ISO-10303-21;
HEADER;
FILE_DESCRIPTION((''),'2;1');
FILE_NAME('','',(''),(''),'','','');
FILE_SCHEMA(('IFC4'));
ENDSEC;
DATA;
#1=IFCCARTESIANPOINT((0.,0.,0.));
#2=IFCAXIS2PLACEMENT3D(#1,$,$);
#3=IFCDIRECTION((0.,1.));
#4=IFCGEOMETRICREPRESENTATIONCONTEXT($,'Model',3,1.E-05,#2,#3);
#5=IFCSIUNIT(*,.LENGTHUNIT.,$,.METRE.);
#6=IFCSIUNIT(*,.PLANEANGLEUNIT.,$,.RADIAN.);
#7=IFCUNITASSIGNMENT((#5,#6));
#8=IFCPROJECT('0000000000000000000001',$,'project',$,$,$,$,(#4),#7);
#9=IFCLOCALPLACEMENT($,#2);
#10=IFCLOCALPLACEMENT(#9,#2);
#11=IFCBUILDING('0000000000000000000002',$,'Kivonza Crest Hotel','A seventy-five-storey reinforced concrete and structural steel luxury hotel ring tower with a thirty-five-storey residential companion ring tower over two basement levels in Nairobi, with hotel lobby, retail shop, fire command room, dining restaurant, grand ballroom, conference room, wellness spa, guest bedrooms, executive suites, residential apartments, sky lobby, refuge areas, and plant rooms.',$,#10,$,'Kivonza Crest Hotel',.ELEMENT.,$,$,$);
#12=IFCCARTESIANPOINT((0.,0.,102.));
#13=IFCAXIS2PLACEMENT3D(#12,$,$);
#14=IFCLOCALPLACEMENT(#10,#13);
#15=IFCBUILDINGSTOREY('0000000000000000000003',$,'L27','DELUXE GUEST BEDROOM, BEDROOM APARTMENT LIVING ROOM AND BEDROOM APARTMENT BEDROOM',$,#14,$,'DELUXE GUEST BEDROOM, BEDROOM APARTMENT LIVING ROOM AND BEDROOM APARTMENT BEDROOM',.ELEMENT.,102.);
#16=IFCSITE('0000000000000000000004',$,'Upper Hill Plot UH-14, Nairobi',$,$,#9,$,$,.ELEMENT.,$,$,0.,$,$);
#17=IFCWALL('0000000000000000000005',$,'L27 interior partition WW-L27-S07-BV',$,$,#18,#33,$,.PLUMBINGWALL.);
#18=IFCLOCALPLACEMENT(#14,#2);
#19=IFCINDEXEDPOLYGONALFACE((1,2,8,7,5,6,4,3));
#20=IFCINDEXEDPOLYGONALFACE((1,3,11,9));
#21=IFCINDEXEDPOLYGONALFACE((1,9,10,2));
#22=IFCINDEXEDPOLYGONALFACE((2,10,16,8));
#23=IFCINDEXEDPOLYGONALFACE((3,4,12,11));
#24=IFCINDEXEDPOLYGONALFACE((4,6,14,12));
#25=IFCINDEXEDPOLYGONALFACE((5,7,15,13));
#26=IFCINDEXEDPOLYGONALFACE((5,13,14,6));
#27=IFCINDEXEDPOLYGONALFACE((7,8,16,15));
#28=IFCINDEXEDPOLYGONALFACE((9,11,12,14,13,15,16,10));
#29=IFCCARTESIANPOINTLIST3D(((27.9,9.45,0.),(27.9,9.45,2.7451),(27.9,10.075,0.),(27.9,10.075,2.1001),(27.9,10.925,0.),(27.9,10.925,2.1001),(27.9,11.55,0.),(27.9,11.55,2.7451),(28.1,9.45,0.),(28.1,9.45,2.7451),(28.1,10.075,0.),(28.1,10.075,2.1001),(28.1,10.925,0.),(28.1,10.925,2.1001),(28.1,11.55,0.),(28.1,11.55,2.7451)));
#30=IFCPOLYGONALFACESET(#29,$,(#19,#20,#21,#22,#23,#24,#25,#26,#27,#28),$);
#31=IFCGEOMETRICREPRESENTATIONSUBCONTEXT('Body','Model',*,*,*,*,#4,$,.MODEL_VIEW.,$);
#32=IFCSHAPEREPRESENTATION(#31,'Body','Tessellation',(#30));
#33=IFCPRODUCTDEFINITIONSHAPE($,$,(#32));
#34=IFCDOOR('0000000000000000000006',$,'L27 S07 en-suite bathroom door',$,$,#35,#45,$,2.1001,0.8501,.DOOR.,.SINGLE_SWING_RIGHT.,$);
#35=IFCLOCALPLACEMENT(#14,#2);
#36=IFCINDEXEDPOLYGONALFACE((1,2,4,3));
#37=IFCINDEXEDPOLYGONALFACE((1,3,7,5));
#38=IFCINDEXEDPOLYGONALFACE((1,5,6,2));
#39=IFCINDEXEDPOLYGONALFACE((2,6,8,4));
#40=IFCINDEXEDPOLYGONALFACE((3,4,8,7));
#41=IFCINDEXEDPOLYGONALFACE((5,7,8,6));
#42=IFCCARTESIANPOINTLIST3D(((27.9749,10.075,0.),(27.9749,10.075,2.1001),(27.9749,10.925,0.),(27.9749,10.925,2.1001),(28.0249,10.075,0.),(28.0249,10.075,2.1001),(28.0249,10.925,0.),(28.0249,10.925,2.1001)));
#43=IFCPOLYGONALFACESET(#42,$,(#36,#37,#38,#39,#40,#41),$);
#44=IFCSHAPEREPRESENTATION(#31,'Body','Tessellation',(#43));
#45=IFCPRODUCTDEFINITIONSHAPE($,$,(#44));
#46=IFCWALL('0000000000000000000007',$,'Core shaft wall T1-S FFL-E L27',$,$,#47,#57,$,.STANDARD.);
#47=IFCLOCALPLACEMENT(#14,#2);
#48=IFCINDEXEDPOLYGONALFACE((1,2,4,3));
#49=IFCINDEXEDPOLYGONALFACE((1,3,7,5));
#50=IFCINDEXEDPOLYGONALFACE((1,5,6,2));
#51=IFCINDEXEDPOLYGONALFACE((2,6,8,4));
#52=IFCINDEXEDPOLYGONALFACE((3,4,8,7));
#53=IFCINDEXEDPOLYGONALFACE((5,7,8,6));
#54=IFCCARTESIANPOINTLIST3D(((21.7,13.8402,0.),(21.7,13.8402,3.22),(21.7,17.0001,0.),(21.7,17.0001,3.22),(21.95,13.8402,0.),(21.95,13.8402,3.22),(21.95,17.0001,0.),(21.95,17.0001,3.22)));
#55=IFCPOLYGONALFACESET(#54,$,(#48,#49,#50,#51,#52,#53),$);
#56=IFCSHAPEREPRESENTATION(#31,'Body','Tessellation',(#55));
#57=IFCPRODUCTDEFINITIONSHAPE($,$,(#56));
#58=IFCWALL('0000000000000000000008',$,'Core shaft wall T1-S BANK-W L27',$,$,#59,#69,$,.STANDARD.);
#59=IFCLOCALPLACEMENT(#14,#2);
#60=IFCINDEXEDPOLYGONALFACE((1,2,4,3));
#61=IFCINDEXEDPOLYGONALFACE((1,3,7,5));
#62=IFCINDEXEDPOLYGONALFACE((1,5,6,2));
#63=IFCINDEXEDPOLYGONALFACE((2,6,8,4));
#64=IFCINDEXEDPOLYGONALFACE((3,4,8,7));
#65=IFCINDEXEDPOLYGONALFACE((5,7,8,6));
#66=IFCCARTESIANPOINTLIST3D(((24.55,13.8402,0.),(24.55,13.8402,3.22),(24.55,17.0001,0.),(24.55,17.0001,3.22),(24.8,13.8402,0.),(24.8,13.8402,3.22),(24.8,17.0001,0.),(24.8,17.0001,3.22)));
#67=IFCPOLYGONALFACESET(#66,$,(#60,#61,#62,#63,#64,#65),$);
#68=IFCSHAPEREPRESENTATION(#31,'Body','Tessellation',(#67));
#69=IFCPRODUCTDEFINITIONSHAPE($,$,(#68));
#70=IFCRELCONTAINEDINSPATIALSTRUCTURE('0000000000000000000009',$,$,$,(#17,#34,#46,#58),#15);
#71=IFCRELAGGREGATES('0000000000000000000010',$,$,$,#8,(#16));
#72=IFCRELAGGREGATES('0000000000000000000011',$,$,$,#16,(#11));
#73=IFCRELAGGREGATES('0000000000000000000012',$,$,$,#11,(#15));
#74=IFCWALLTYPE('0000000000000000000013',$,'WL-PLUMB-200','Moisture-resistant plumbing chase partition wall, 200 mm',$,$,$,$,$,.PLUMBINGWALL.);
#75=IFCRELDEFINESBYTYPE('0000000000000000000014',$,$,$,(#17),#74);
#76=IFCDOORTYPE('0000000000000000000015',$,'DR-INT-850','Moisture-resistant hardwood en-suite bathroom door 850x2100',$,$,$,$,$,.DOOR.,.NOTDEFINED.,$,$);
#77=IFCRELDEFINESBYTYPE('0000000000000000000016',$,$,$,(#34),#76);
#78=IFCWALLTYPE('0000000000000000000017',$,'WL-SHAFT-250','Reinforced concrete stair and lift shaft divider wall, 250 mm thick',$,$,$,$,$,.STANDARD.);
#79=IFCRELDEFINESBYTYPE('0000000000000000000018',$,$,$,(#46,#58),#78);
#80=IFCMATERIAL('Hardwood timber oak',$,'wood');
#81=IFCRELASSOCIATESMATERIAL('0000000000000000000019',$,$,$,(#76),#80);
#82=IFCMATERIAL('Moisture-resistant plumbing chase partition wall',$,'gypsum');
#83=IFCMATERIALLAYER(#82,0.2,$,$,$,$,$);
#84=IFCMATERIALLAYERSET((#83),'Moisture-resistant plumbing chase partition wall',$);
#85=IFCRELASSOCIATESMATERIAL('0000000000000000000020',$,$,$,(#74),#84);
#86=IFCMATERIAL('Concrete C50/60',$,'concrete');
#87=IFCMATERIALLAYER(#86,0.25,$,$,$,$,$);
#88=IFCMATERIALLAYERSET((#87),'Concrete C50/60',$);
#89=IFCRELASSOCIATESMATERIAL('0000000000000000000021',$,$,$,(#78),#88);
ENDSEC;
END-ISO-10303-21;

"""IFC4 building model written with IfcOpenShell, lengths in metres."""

from ifc_helpers import new_model, si_unit, direction, frame, frame_2d, origin, place, context, subcontext, project, spatial, rectangle, extrude, material, layer, layer_set, type_object, element, fill, save


model = new_model("IFC4")

# Units and contexts
model_context = context("Model", 3, precision=1e-05, world=origin(), true_north=direction((0.0, 1.0)))
body_context = subcontext(model_context, "Body", "Model", "MODEL_VIEW")
ifc_project = project(units=[si_unit("LENGTHUNIT", "METRE"), si_unit("PLANEANGLEUNIT", "RADIAN")], contexts=[model_context])

# Site, building, storey
site_placement = place(None, origin())
site = spatial("IfcSite", under=ifc_project, at=site_placement, Name="Upper Hill Plot UH-14, Nairobi", CompositionType="ELEMENT", RefElevation=0.0)
building_placement = place(site_placement, origin())
building = spatial("IfcBuilding", under=site, at=building_placement, Name="Kivonza Crest Hotel", Description="A seventy-five-storey reinforced concrete and structural steel luxury hotel ring tower with a thirty-five-storey residential companion ring tower over two basement levels in Nairobi, with hotel lobby, retail shop, fire command room, dining restaurant, grand ballroom, conference room, wellness spa, guest bedrooms, executive suites, residential apartments, sky lobby, refuge areas, and plant rooms.", LongName="Kivonza Crest Hotel", CompositionType="ELEMENT")
storey_placement = place(building_placement, frame((0.0, 0.0, 102.0)))
storey = spatial("IfcBuildingStorey", under=building, at=storey_placement, Name="L27", Description="DELUXE GUEST BEDROOM, BEDROOM APARTMENT LIVING ROOM AND BEDROOM APARTMENT BEDROOM", LongName="DELUXE GUEST BEDROOM, BEDROOM APARTMENT LIVING ROOM AND BEDROOM APARTMENT BEDROOM", CompositionType="ELEMENT", Elevation=102.0)

# Shared definitions
ifc_material_1 = material(Name="Hardwood timber oak", Category="wood")

# Shared definitions
door_type_1 = type_object("IfcDoorType", Name="DR-INT-850", Description="Moisture-resistant hardwood en-suite bathroom door 850x2100", OperationType="NOTDEFINED", PredefinedType="DOOR", material=ifc_material_1)

# Wall, opening, door
ifc_material_2 = material(Name="Moisture-resistant plumbing chase partition wall", Category="gypsum")
ifc_layer_1 = layer(ifc_material_2, 0.2)
ifc_layer_set_1 = layer_set([ifc_layer_1], Name="Moisture-resistant plumbing chase partition wall")
wall_type_1 = type_object("IfcWallType", Name="WL-PLUMB-200", Description="Moisture-resistant plumbing chase partition wall, 200 mm", PredefinedType="PLUMBINGWALL", material=ifc_layer_set_1)
wall_1_placement = place(storey_placement, frame((28.0, 9.45, 0.0), z_axis=(0.0, 0.0, 1.0), x_axis=(0.0, 1.0, 0.0)))
wall_1 = element("IfcWall", 1, at=wall_1_placement, inside=storey, type_object=wall_type_1, Name="L27 interior partition WW-L27-S07-BV", PredefinedType="PLUMBINGWALL", context=body_context, shape_type="SweptSolid", body=[
    extrude(rectangle(XDim=2.1001, YDim=0.2, at=frame_2d((1.05, 0.0))), origin(), (0.0, 0.0, 1.0), 2.7451),
])
opening_1_placement = place(wall_1_placement, frame((0.625, 0.0, 0.0)))
opening_1 = element("IfcOpeningElement", 2, at=opening_1_placement, cuts=wall_1, PredefinedType="OPENING", context=body_context, shape_type="SweptSolid", body=[
    extrude(rectangle(XDim=0.8501, YDim=2.1001, at=frame_2d((0.425, 1.05))), frame((0.0, 0.1099, 0.0), z_axis=(0.0, -1.0, 0.0), x_axis=(1.0, 0.0, 0.0)), (0.0, 0.0, 1.0), 0.22),
])
door_1_placement = place(opening_1_placement, frame((0.8501, 0.0, 0.0), z_axis=(0.0, 0.0, 1.0), x_axis=(-1.0, 0.0, 0.0)))
door_1 = element("IfcDoor", 3, at=door_1_placement, inside=storey, type_object=door_type_1, Name="L27 S07 en-suite bathroom door", OperationType="SINGLE_SWING_RIGHT", OverallHeight=2.1001, OverallWidth=0.8501, PredefinedType="DOOR", context=body_context, shape_type="SweptSolid", body=[
    extrude(rectangle(XDim=0.8501, YDim=2.1001, at=frame_2d((0.425, 1.05))), frame((0.0, 0.0249, 0.0), z_axis=(0.0, -1.0, 0.0), x_axis=(1.0, 0.0, 0.0)), (0.0, 0.0, 1.0), 0.05),
])
fill(opening_1, door_1)
ifc_material_3 = material(Name="Concrete C50/60", Category="concrete")
ifc_layer_2 = layer(ifc_material_3, 0.25)
ifc_layer_set_2 = layer_set([ifc_layer_2], Name="Concrete C50/60")
wall_type_2 = type_object("IfcWallType", Name="WL-SHAFT-250", Description="Reinforced concrete stair and lift shaft divider wall, 250 mm thick", PredefinedType="STANDARD", material=ifc_layer_set_2)

# Walls
for number, where, z_axis, x_axis, name in (
    (4, (21.825, 13.8401, 0.0), (0.0, 0.0, 1.0), (0.0, 1.0, 0.0), "Core shaft wall T1-S FFL-E L27"),
    (5, (24.675, 13.8401, 0.0), (0.0, 0.0, 1.0), (0.0, 1.0, 0.0), "Core shaft wall T1-S BANK-W L27"),
):
    element("IfcWall", number, at=place(storey_placement, frame(where, z_axis=z_axis, x_axis=x_axis)), inside=storey, type_object=wall_type_2, Name=name, PredefinedType="STANDARD", context=body_context, shape_type="SweptSolid", body=[
        extrude(rectangle(XDim=3.1599, YDim=0.25, at=frame_2d((1.5801, 0.0))), origin(), (0.0, 0.0, 1.0), 3.22),
    ])

save(model, "model.ifc")
